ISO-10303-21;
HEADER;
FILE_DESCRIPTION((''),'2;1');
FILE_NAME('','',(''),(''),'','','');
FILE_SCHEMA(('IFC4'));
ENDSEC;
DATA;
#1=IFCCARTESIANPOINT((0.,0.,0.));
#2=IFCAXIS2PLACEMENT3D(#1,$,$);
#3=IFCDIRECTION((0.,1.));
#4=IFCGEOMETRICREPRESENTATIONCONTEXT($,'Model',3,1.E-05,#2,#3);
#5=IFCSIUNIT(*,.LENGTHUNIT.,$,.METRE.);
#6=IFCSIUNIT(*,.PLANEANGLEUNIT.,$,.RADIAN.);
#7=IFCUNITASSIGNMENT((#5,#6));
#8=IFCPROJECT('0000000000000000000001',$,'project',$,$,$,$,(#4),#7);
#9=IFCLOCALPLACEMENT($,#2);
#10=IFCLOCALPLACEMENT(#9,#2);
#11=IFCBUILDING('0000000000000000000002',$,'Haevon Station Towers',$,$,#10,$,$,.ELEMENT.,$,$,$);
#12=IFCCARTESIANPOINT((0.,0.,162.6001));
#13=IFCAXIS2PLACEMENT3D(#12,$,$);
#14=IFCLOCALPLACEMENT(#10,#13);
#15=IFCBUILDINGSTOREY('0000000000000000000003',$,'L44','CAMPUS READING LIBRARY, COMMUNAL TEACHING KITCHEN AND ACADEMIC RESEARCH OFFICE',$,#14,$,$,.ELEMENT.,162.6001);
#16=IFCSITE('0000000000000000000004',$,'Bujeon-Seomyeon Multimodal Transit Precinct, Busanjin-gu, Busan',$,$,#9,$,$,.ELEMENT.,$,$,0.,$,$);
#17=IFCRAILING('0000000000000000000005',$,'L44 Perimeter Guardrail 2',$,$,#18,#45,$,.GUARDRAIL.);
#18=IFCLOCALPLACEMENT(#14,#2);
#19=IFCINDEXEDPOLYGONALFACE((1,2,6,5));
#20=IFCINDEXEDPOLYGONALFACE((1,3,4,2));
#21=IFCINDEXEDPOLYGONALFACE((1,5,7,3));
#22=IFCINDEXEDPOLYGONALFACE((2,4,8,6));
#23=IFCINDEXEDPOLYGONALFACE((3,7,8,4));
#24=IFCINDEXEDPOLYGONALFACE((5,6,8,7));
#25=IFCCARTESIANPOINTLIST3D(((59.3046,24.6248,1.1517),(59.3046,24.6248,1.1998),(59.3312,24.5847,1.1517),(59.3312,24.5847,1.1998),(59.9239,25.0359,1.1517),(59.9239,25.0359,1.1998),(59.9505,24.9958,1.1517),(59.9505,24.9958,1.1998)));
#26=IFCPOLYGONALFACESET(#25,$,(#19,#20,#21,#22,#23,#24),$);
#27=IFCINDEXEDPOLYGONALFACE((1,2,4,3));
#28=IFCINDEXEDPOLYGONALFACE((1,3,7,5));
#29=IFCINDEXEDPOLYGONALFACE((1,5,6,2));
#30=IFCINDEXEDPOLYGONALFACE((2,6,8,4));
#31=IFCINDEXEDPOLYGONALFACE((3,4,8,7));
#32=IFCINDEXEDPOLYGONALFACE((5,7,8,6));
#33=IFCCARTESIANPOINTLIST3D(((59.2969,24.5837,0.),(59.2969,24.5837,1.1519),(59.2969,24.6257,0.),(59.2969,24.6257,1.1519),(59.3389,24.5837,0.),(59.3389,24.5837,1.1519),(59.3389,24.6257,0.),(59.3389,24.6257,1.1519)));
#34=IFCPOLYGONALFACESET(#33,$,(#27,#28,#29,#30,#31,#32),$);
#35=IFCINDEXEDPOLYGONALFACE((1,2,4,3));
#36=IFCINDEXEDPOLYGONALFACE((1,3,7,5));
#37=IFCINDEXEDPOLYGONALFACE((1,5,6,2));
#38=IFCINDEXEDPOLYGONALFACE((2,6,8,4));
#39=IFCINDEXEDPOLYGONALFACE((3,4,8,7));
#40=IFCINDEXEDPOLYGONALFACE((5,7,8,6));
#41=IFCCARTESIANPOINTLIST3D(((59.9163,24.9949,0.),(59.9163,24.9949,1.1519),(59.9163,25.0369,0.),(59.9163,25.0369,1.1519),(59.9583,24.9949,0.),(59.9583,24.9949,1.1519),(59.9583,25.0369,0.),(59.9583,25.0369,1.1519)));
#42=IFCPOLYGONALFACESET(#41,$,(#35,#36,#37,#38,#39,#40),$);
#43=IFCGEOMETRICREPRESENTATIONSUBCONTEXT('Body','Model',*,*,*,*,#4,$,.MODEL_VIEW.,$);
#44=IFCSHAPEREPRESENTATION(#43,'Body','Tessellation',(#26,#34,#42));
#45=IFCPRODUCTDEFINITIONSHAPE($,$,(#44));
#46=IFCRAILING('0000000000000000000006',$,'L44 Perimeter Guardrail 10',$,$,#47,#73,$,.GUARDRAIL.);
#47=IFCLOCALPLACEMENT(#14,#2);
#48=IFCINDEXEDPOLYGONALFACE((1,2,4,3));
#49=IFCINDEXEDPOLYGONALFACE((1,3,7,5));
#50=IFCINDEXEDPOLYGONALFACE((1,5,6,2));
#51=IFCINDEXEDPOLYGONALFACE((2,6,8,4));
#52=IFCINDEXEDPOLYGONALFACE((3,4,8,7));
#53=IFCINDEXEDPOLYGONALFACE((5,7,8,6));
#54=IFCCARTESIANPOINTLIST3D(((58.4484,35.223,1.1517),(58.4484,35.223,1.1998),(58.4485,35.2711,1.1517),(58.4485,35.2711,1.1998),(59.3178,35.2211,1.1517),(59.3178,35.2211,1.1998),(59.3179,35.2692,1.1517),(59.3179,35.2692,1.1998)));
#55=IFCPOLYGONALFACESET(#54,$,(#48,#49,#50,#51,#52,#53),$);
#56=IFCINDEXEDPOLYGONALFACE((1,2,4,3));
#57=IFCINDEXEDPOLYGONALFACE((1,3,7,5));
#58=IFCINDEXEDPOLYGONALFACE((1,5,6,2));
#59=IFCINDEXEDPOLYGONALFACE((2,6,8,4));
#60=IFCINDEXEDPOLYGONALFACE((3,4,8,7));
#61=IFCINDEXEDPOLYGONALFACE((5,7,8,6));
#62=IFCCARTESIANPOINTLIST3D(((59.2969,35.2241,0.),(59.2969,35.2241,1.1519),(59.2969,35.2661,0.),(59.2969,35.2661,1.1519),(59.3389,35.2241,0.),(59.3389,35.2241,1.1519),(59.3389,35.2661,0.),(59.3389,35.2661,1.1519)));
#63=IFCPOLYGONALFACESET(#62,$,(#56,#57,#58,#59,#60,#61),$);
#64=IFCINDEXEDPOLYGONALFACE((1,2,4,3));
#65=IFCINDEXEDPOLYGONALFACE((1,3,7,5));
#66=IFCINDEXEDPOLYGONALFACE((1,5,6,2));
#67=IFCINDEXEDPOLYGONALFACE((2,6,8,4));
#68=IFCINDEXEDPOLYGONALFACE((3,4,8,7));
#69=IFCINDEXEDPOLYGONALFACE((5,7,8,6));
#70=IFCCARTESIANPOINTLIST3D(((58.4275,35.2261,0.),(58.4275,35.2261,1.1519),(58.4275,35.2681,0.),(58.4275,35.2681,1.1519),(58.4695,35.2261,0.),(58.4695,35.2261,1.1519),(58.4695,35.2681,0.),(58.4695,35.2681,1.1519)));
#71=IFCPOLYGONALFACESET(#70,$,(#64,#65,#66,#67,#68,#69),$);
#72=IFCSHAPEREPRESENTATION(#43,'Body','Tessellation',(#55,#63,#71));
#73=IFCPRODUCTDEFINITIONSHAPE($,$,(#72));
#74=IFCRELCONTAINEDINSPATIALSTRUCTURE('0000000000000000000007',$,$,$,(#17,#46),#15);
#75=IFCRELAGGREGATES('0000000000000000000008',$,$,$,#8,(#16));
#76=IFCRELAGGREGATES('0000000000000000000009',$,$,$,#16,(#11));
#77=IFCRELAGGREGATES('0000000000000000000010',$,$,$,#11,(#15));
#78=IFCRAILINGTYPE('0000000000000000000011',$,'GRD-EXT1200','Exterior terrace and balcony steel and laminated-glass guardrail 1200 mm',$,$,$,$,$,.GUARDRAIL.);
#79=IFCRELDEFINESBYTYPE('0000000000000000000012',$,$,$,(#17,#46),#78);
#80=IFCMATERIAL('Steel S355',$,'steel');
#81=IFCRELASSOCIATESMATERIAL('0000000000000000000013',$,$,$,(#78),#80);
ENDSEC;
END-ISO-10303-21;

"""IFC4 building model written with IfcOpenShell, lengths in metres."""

from ifc_helpers import new_model, si_unit, direction, frame, origin, origin_2d, place, context, subcontext, project, spatial, rectangle, extrude, material, type_object, element, save


model = new_model("IFC4")

# Units and contexts
model_context = context("Model", 3, precision=1e-05, world=origin(), true_north=direction((0.0, 1.0)))
body_context = subcontext(model_context, "Body", "Model", "MODEL_VIEW")
ifc_project = project(units=[si_unit("LENGTHUNIT", "METRE"), si_unit("PLANEANGLEUNIT", "RADIAN")], contexts=[model_context])

# Site, building, storey
site_placement = place(None, origin())
site = spatial("IfcSite", under=ifc_project, at=site_placement, Name="Bujeon-Seomyeon Multimodal Transit Precinct, Busanjin-gu, Busan", CompositionType="ELEMENT", RefElevation=0.0)
building_placement = place(site_placement, origin())
building = spatial("IfcBuilding", under=site, at=building_placement, Name="Haevon Station Towers", CompositionType="ELEMENT")
storey_placement = place(building_placement, frame((0.0, 0.0, 162.6001)))
storey = spatial("IfcBuildingStorey", under=building, at=storey_placement, Name="L44", Description="CAMPUS READING LIBRARY, COMMUNAL TEACHING KITCHEN AND ACADEMIC RESEARCH OFFICE", CompositionType="ELEMENT", Elevation=162.6001)

# Shared definitions
ifc_material_1 = material(Name="Steel S355", Category="steel")

# Railings
railing_type = type_object("IfcRailingType", Name="GRD-EXT1200", Description="Exterior terrace and balcony steel and laminated-glass guardrail 1200 mm", PredefinedType="GUARDRAIL", material=ifc_material_1)
railing_1_placement = place(storey_placement, frame((59.3179, 24.6047, 0.0)))
element("IfcRailing", 1, at=railing_1_placement, inside=storey, type_object=railing_type, Name="L44 Perimeter Guardrail 2", PredefinedType="GUARDRAIL", context=body_context, shape_type="SweptSolid", body=[
    extrude(rectangle(XDim=0.0481, YDim=0.0481, at=origin_2d()), frame((0.0, 0.0, 1.1758), z_axis=(0.83316, 0.553032, 0.0), x_axis=(-0.553032, 0.83316, 0.0)), (0.0, 0.0, 1.0), 0.7434),
    extrude(rectangle(XDim=0.042, YDim=0.042, at=origin_2d()), origin(), (0.0, 0.0, 1.0), 1.1519),
    extrude(rectangle(XDim=0.042, YDim=0.042, at=origin_2d()), frame((0.6194, 0.4111, 0.0)), (0.0, 0.0, 1.0), 1.1519),
])
railing_2_placement = place(storey_placement, frame((59.3179, 35.2451, 0.0)))
element("IfcRailing", 2, at=railing_2_placement, inside=storey, type_object=railing_type, Name="L44 Perimeter Guardrail 10", PredefinedType="GUARDRAIL", context=body_context, shape_type="SweptSolid", body=[
    extrude(rectangle(XDim=0.0481, YDim=0.0481, at=origin_2d()), frame((0.0, 0.0, 1.1758), z_axis=(-0.999997, 0.002247, 0.0), x_axis=(-0.002247, -0.999997, 0.0)), (0.0, 0.0, 1.0), 0.8694),
    extrude(rectangle(XDim=0.042, YDim=0.042, at=origin_2d()), origin(), (0.0, 0.0, 1.0), 1.1519),
    extrude(rectangle(XDim=0.042, YDim=0.042, at=origin_2d()), frame((-0.8694, 0.002, 0.0)), (0.0, 0.0, 1.0), 1.1519),
])

save(model, "model.ifc")
